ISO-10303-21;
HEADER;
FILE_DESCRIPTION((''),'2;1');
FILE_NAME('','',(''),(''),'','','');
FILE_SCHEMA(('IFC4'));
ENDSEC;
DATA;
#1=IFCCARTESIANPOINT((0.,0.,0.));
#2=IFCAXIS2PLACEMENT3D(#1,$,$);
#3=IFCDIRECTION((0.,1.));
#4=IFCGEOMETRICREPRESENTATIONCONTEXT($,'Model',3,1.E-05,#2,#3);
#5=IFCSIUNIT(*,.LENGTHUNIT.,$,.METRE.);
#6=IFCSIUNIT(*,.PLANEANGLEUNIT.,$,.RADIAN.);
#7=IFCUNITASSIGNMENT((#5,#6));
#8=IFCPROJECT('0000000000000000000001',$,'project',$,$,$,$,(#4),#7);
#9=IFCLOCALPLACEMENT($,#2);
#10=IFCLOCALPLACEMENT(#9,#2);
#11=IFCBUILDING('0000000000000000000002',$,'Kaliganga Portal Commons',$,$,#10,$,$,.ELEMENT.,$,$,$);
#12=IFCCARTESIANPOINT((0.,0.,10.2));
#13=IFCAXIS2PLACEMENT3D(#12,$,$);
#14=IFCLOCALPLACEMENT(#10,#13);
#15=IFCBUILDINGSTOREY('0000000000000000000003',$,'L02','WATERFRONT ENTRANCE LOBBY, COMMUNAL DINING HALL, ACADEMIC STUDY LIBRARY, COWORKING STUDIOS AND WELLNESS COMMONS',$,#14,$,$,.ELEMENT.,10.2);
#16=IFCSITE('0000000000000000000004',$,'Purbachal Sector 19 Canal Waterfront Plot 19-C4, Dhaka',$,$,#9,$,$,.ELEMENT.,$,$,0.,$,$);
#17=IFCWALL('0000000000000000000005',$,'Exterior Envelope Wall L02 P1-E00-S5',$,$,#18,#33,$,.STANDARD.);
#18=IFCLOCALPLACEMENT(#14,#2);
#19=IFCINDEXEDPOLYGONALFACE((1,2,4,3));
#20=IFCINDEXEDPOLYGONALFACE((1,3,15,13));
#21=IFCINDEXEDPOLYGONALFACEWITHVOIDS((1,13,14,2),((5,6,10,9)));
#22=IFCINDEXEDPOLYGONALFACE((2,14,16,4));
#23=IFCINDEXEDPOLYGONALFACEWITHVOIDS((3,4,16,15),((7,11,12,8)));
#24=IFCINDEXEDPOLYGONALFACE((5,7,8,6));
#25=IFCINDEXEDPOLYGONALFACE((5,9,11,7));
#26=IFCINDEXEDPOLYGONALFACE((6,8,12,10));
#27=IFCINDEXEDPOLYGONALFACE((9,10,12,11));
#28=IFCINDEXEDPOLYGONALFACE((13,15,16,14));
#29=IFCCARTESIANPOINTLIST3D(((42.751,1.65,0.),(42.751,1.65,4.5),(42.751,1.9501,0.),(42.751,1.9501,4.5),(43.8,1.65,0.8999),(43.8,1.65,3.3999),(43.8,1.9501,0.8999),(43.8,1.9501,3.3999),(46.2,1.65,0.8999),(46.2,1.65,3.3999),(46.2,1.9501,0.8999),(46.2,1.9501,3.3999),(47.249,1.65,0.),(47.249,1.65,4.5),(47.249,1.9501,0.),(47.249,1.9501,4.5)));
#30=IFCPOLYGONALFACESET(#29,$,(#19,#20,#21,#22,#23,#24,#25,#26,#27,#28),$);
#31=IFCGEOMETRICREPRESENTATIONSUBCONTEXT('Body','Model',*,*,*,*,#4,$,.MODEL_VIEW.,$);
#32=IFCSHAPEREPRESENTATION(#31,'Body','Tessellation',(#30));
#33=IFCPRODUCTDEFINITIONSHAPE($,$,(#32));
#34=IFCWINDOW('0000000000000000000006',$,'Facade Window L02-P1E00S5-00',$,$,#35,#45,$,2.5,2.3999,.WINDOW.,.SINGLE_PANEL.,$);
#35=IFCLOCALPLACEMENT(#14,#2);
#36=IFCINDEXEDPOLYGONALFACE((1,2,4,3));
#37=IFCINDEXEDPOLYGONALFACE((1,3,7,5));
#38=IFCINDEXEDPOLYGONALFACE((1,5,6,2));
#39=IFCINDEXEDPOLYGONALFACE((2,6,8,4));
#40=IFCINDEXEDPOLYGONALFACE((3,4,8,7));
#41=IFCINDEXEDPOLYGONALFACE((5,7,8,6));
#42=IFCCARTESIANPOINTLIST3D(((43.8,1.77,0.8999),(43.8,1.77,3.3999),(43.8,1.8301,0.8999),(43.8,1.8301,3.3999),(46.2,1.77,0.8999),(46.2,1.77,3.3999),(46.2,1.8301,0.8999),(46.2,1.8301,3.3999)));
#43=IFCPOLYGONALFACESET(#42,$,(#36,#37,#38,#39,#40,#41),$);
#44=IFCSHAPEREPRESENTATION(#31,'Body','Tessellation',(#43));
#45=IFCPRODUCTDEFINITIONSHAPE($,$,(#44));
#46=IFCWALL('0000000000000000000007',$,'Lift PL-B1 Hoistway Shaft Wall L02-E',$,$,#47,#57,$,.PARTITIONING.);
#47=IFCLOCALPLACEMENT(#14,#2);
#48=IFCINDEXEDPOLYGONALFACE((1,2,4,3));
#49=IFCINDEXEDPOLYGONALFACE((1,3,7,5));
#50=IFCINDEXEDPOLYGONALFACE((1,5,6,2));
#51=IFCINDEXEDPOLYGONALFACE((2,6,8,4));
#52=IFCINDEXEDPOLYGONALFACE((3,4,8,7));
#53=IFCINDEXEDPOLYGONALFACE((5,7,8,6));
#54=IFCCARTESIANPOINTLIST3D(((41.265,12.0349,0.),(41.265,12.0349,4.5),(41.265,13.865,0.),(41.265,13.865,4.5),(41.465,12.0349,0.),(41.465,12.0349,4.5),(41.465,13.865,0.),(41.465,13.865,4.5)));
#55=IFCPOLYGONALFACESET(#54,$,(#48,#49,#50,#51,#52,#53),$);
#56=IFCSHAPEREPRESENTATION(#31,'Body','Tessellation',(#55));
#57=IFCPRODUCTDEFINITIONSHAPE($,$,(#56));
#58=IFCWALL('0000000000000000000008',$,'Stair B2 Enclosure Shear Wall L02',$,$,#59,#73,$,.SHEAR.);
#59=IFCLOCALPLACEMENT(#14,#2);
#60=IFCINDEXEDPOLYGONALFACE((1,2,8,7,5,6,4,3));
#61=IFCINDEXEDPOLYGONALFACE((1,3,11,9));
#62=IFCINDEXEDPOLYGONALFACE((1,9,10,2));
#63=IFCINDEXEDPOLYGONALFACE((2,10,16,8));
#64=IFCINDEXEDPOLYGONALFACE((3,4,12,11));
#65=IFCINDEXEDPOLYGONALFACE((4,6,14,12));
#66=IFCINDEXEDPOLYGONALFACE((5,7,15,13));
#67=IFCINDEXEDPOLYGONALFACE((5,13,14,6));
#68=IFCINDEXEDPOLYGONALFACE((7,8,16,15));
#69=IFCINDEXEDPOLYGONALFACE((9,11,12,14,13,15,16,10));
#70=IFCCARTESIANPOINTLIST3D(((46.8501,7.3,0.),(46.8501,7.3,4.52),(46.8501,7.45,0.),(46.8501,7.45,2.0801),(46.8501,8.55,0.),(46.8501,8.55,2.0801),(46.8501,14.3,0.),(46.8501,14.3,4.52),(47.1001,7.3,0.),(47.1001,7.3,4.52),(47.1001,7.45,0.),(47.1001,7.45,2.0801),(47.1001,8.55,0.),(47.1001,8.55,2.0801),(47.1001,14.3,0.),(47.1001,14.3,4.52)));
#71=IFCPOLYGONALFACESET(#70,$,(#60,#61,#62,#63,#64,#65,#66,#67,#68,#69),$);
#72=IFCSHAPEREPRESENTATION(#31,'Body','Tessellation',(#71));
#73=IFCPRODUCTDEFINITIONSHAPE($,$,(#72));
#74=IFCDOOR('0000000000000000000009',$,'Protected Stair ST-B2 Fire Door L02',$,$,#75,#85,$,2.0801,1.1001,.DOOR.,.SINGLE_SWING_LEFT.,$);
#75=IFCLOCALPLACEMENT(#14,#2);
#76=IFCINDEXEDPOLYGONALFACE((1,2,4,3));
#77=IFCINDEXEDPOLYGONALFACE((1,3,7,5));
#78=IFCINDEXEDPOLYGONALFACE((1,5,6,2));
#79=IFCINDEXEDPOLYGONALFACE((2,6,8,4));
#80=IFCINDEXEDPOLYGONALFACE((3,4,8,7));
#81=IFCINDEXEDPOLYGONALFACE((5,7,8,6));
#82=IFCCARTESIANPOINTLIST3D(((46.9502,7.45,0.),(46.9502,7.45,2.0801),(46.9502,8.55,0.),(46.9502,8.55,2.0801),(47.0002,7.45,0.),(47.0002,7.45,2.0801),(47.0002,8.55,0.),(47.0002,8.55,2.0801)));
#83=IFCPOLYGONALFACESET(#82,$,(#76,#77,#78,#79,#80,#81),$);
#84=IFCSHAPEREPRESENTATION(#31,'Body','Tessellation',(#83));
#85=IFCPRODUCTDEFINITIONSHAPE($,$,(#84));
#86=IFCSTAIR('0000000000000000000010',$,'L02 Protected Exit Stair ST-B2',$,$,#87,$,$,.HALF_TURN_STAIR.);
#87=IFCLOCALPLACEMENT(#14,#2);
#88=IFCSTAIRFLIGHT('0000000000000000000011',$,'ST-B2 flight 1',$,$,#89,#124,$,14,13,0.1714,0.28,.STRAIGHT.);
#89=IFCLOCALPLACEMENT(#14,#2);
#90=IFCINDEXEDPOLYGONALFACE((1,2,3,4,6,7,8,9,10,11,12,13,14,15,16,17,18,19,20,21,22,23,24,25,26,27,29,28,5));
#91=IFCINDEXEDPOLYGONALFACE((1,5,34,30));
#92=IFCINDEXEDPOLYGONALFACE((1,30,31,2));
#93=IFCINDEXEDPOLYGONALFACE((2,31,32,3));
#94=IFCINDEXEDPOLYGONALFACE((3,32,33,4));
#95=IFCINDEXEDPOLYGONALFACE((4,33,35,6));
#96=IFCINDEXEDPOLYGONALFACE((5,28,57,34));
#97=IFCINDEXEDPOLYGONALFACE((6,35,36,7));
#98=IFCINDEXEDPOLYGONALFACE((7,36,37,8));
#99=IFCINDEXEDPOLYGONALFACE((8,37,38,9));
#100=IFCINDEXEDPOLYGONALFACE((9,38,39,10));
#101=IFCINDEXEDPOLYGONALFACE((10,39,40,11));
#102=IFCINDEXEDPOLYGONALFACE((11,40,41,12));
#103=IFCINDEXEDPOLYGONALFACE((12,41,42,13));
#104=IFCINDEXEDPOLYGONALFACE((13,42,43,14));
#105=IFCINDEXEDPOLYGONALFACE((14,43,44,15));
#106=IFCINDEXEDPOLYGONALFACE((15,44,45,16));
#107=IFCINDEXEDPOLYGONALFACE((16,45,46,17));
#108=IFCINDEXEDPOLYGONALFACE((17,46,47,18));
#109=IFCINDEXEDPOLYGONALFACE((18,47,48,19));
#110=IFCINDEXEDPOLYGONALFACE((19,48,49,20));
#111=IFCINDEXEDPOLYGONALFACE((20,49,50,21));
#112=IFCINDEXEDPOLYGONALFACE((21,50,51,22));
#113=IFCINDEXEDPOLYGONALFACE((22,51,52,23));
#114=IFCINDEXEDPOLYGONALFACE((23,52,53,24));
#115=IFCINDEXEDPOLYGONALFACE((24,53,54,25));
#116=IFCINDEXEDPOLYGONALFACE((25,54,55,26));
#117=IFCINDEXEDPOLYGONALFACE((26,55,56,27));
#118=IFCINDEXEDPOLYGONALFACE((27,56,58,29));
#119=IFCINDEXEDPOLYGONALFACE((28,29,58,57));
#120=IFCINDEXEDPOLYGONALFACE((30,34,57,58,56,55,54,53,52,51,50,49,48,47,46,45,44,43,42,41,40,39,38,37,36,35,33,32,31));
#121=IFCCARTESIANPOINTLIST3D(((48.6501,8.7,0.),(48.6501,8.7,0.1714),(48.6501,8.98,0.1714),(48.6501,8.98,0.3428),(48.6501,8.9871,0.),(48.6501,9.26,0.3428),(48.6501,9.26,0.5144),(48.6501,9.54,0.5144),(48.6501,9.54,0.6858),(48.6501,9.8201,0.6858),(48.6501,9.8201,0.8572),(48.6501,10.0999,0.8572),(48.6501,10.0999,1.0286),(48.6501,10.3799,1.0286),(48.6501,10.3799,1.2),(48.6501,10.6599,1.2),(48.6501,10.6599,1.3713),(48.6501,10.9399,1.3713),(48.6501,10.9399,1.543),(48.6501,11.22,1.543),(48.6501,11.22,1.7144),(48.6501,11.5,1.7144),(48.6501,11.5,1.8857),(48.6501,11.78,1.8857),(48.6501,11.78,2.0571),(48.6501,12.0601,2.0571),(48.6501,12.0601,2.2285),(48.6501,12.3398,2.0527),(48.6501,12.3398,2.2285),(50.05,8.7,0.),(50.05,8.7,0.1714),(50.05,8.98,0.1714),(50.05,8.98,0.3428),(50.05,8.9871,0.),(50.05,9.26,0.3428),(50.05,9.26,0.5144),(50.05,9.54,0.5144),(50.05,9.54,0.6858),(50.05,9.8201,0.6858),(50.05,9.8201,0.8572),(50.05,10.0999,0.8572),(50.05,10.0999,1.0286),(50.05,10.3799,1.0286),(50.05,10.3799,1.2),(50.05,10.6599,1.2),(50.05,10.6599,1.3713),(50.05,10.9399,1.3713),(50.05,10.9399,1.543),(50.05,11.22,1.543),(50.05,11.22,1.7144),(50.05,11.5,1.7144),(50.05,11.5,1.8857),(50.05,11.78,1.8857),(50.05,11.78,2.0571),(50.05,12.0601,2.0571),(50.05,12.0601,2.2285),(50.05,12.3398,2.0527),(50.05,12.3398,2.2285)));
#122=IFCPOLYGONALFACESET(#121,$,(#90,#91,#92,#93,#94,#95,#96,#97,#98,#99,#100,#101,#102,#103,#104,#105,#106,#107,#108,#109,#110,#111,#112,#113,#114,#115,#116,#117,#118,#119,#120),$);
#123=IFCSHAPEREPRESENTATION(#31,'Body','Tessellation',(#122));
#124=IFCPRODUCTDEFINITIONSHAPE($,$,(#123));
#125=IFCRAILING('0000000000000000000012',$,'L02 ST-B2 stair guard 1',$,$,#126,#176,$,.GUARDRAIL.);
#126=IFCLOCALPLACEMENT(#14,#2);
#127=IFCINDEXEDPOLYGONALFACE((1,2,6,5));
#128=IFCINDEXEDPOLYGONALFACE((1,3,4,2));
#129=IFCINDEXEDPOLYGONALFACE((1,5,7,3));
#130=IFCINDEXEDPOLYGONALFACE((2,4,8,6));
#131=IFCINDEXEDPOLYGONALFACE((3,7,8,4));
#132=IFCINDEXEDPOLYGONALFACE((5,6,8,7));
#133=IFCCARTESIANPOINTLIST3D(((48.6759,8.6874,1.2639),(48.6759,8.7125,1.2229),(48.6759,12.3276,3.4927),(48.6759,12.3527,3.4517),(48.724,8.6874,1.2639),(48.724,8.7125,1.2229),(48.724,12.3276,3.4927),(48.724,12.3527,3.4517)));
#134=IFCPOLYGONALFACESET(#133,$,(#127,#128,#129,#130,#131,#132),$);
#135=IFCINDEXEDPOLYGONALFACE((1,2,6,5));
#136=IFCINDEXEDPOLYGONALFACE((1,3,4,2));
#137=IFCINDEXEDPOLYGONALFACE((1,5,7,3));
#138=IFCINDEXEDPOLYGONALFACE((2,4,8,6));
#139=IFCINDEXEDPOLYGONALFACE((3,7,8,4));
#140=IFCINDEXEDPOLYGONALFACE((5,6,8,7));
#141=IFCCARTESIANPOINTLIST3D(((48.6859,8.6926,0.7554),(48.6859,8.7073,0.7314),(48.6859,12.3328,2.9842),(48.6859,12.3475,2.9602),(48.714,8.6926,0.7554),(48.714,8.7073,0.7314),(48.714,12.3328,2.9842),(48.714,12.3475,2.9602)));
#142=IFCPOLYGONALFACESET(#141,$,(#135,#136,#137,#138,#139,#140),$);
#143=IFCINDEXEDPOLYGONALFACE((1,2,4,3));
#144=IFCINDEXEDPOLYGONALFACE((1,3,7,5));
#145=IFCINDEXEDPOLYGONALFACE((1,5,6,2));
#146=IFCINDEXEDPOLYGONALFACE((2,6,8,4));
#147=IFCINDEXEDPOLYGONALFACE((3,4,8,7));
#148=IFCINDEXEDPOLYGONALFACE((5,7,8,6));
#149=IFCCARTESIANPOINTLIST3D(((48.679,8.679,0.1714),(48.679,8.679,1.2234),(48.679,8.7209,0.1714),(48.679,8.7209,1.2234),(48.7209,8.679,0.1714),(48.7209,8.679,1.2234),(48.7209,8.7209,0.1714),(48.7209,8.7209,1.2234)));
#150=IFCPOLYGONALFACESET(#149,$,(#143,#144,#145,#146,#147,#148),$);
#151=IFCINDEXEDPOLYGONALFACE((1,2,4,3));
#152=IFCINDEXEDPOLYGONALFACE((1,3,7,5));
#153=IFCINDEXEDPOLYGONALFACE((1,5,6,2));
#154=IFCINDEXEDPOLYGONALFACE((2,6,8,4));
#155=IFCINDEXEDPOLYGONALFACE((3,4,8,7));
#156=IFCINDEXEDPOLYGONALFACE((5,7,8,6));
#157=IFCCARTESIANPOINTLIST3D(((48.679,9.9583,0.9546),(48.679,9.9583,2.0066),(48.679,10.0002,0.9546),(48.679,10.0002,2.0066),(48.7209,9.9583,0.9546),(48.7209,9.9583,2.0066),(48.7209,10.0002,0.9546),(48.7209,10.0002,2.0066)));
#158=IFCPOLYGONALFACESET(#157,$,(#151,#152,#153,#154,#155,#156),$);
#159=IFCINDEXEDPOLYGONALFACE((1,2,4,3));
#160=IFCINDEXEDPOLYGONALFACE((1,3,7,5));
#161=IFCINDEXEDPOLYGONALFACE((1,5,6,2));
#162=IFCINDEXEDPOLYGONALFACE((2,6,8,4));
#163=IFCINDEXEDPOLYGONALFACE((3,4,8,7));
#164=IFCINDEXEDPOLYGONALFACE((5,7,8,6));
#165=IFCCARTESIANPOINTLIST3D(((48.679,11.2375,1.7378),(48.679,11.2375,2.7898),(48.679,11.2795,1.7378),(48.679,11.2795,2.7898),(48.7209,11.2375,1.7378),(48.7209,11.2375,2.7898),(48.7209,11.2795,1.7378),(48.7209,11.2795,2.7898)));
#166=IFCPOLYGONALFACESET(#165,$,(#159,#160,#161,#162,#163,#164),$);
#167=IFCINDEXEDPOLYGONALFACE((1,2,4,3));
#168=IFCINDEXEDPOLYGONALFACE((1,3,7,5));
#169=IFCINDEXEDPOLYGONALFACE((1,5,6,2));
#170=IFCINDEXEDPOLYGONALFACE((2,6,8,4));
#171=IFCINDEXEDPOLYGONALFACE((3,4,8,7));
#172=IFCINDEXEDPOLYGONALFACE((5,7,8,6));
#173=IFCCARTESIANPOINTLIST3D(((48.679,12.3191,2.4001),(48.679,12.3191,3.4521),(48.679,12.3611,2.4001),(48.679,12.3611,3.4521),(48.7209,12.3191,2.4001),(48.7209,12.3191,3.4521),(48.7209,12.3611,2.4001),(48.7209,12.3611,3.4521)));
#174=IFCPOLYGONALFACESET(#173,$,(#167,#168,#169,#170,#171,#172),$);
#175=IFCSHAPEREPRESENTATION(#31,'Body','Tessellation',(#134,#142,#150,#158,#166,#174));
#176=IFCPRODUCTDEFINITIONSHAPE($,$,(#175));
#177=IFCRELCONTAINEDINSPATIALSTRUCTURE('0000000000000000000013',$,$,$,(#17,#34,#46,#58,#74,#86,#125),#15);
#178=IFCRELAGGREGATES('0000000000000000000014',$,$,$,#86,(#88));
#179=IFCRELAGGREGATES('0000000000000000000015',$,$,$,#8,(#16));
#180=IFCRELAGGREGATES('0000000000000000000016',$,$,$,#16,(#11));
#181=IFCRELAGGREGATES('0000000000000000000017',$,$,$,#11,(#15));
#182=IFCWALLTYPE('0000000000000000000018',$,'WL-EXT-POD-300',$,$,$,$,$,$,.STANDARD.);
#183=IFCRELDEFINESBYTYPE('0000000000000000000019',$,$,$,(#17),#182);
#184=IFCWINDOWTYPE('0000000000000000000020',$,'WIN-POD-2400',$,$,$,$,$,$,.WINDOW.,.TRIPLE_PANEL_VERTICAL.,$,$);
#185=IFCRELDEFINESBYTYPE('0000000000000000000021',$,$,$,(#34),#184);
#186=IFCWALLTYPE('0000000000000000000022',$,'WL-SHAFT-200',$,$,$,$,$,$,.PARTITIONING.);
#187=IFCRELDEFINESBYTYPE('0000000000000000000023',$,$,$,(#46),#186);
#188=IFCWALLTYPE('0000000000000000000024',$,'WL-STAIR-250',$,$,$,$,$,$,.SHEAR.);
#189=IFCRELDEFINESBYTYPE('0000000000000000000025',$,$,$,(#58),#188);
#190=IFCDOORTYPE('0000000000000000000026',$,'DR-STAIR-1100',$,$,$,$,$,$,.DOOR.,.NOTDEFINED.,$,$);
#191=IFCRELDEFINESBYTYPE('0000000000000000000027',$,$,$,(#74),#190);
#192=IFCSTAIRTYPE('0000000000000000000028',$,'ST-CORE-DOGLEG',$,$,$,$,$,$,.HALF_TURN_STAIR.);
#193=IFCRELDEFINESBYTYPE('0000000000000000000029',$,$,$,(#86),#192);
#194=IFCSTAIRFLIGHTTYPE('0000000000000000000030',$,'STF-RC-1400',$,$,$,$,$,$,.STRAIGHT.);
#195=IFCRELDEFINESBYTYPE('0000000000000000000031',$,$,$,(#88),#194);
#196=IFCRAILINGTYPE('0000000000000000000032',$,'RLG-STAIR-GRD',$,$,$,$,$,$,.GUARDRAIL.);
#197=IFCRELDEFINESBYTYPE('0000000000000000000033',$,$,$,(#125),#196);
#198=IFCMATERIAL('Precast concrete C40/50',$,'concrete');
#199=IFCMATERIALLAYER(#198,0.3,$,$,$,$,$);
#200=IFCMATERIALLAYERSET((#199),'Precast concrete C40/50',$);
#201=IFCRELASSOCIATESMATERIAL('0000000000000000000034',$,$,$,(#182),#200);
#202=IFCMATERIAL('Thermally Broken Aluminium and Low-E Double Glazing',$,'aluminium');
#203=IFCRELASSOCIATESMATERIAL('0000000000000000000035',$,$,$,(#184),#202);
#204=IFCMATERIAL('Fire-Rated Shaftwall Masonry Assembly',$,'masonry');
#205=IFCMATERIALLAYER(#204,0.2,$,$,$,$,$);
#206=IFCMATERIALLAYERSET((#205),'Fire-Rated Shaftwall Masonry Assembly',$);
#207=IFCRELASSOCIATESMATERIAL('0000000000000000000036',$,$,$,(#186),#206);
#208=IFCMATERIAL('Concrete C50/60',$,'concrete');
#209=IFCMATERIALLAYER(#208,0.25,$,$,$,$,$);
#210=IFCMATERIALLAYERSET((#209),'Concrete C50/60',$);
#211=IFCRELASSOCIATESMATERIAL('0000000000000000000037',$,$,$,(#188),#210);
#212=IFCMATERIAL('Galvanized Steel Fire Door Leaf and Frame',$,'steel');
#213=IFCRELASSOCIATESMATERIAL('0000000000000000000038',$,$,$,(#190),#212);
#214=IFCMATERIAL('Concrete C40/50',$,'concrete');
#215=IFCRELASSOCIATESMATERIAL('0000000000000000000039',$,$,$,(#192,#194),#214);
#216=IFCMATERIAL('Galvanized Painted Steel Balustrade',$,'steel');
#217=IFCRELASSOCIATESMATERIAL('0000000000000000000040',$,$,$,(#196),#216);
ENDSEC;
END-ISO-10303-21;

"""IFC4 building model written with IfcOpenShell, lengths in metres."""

from ifc_helpers import new_model, si_unit, direction, frame, frame_2d, origin, origin_2d, place, context, subcontext, project, spatial, polyline, rectangle, outline, extrude, material, layer, layer_set, type_object, element, fill, aggregate, save


model = new_model("IFC4")

# Units and contexts
model_context = context("Model", 3, precision=1e-05, world=origin(), true_north=direction((0.0, 1.0)))
body_context = subcontext(model_context, "Body", "Model", "MODEL_VIEW")
ifc_project = project(units=[si_unit("LENGTHUNIT", "METRE"), si_unit("PLANEANGLEUNIT", "RADIAN")], contexts=[model_context])

# Site, building, storey
site_placement = place(None, origin())
site = spatial("IfcSite", under=ifc_project, at=site_placement, Name="Purbachal Sector 19 Canal Waterfront Plot 19-C4, Dhaka", CompositionType="ELEMENT", RefElevation=0.0)
building_placement = place(site_placement, origin())
building = spatial("IfcBuilding", under=site, at=building_placement, Name="Kaliganga Portal Commons", CompositionType="ELEMENT")
storey_placement = place(building_placement, frame((0.0, 0.0, 10.2)))
storey = spatial("IfcBuildingStorey", under=building, at=storey_placement, Name="L02", Description="WATERFRONT ENTRANCE LOBBY, COMMUNAL DINING HALL, ACADEMIC STUDY LIBRARY, COWORKING STUDIOS AND WELLNESS COMMONS", CompositionType="ELEMENT", Elevation=10.2)

# Wall, opening, window
ifc_material_1 = material(Name="Precast concrete C40/50", Category="concrete")
ifc_layer_1 = layer(ifc_material_1, 0.3)
ifc_layer_set_1 = layer_set([ifc_layer_1], Name="Precast concrete C40/50")
wall_type_1 = type_object("IfcWallType", Name="WL-EXT-POD-300", PredefinedType="STANDARD", material=ifc_layer_set_1)
wall_1_placement = place(storey_placement, frame((47.249, 1.8, 0.0), z_axis=(0.0, 0.0, 1.0), x_axis=(-1.0, 0.0, 0.0)))
wall_1 = element("IfcWall", 1, at=wall_1_placement, inside=storey, type_object=wall_type_1, Name="Exterior Envelope Wall L02 P1-E00-S5", PredefinedType="STANDARD", context=body_context, shape_type="SweptSolid", body=[
    extrude(rectangle(XDim=4.498, YDim=0.3, at=frame_2d((2.249, 0.0))), origin(), (0.0, 0.0, 1.0), 4.5),
])
opening_1_placement = place(wall_1_placement, frame((1.0491, 0.0, 0.8999)))
opening_1 = element("IfcOpeningElement", 2, at=opening_1_placement, cuts=wall_1, PredefinedType="OPENING", context=body_context, shape_type="SweptSolid", body=[
    extrude(rectangle(XDim=2.3999, YDim=2.5, at=frame_2d((1.2, 1.25))), frame((0.0, 0.1602, 0.0), z_axis=(0.0, -1.0, 0.0), x_axis=(1.0, 0.0, 0.0)), (0.0, 0.0, 1.0), 0.3201),
])
ifc_material_2 = material(Name="Thermally Broken Aluminium and Low-E Double Glazing", Category="aluminium")
window_type = type_object("IfcWindowType", Name="WIN-POD-2400", PartitioningType="TRIPLE_PANEL_VERTICAL", PredefinedType="WINDOW", material=ifc_material_2)
window_placement = place(opening_1_placement, origin())
window = element("IfcWindow", 3, at=window_placement, inside=storey, type_object=window_type, Name="Facade Window L02-P1E00S5-00", OverallHeight=2.5, OverallWidth=2.3999, PartitioningType="SINGLE_PANEL", PredefinedType="WINDOW", context=body_context, shape_type="SweptSolid", body=[
    extrude(rectangle(XDim=2.3999, YDim=2.5, at=frame_2d((1.2, 1.25))), frame((0.0, 0.03, 0.0), z_axis=(0.0, -1.0, 0.0), x_axis=(1.0, 0.0, 0.0)), (0.0, 0.0, 1.0), 0.0601),
])
fill(opening_1, window)

# Wall
ifc_material_3 = material(Name="Fire-Rated Shaftwall Masonry Assembly", Category="masonry")
ifc_layer_2 = layer(ifc_material_3, 0.2)
ifc_layer_set_2 = layer_set([ifc_layer_2], Name="Fire-Rated Shaftwall Masonry Assembly")
wall_type_2 = type_object("IfcWallType", Name="WL-SHAFT-200", PredefinedType="PARTITIONING", material=ifc_layer_set_2)
wall_2_placement = place(storey_placement, frame((41.365, 12.0349, 0.0), z_axis=(0.0, 0.0, 1.0), x_axis=(0.0, 1.0, 0.0)))
element("IfcWall", 4, at=wall_2_placement, inside=storey, type_object=wall_type_2, Name="Lift PL-B1 Hoistway Shaft Wall L02-E", PredefinedType="PARTITIONING", context=body_context, shape_type="SweptSolid", body=[
    extrude(rectangle(XDim=1.8301, YDim=0.2, at=frame_2d((0.915, 0.0))), origin(), (0.0, 0.0, 1.0), 4.5),
])

# Wall, opening, door
ifc_material_4 = material(Name="Concrete C50/60", Category="concrete")
ifc_layer_3 = layer(ifc_material_4, 0.25)
ifc_layer_set_3 = layer_set([ifc_layer_3], Name="Concrete C50/60")
wall_type_3 = type_object("IfcWallType", Name="WL-STAIR-250", PredefinedType="SHEAR", material=ifc_layer_set_3)
wall_3_placement = place(storey_placement, frame((46.9751, 7.3, 0.0), z_axis=(0.0, 0.0, 1.0), x_axis=(0.0, 1.0, 0.0)))
wall_3 = element("IfcWall", 5, at=wall_3_placement, inside=storey, type_object=wall_type_3, Name="Stair B2 Enclosure Shear Wall L02", PredefinedType="SHEAR", context=body_context, shape_type="SweptSolid", body=[
    extrude(rectangle(XDim=7.0, YDim=0.25, at=frame_2d((3.5, 0.0))), origin(), (0.0, 0.0, 1.0), 4.52),
])
opening_2_placement = place(wall_3_placement, frame((0.1499, 0.0, 0.0)))
opening_2 = element("IfcOpeningElement", 6, at=opening_2_placement, cuts=wall_3, PredefinedType="OPENING", context=body_context, shape_type="SweptSolid", body=[
    extrude(rectangle(XDim=1.1001, YDim=2.0801, at=frame_2d((0.55, 1.04))), frame((0.0, 0.135, 0.0), z_axis=(0.0, -1.0, 0.0), x_axis=(1.0, 0.0, 0.0)), (0.0, 0.0, 1.0), 0.27),
])
ifc_material_5 = material(Name="Galvanized Steel Fire Door Leaf and Frame", Category="steel")
door_type_1 = type_object("IfcDoorType", Name="DR-STAIR-1100", OperationType="NOTDEFINED", PredefinedType="DOOR", material=ifc_material_5)
door_1_placement = place(opening_2_placement, origin())
door_1 = element("IfcDoor", 7, at=door_1_placement, inside=storey, type_object=door_type_1, Name="Protected Stair ST-B2 Fire Door L02", OperationType="SINGLE_SWING_LEFT", OverallHeight=2.0801, OverallWidth=1.1001, PredefinedType="DOOR", context=body_context, shape_type="SweptSolid", body=[
    extrude(rectangle(XDim=1.1001, YDim=2.0801, at=frame_2d((0.55, 1.04))), frame((0.0, 0.0249, 0.0), z_axis=(0.0, -1.0, 0.0), x_axis=(1.0, 0.0, 0.0)), (0.0, 0.0, 1.0), 0.05),
])
fill(opening_2, door_1)

# Stair, stair flight
ifc_material_6 = material(Name="Concrete C40/50", Category="concrete")
stair_type = type_object("IfcStairType", Name="ST-CORE-DOGLEG", PredefinedType="HALF_TURN_STAIR", material=ifc_material_6)
stair_placement = place(storey_placement, origin())
stair = element("IfcStair", 8, at=stair_placement, inside=storey, type_object=stair_type, Name="L02 Protected Exit Stair ST-B2", PredefinedType="HALF_TURN_STAIR")
stair_flight_type = type_object("IfcStairFlightType", Name="STF-RC-1400", PredefinedType="STRAIGHT", material=ifc_material_6)
stair_flight_placement = place(storey_placement, frame((49.3501, 8.7, 0.0), z_axis=(0.0, 0.0, 1.0), x_axis=(0.0, 1.0, 0.0)))
stair_flight = element("IfcStairFlight", 9, at=stair_flight_placement, type_object=stair_flight_type, Name="ST-B2 flight 1", NumberOfRisers=14, NumberOfTreads=13, PredefinedType="STRAIGHT", RiserHeight=0.1714, TreadLength=0.28, context=body_context, shape_type="SweptSolid", body=[
    extrude(outline(polyline([(0.0, 0.0), (0.0, 0.1714), (0.28, 0.1714), (0.28, 0.3428), (0.5601, 0.3428), (0.5601, 0.5144), (0.8401, 0.5144), (0.8401, 0.6858), (1.1201, 0.6858), (1.1201, 0.8572), (1.3999, 0.8572), (1.3999, 1.0286), (1.6799, 1.0286), (1.6799, 1.2), (1.96, 1.2), (1.96, 1.3713), (2.24, 1.3713), (2.24, 1.543), (2.52, 1.543), (2.52, 1.7144), (2.8, 1.7144), (2.8, 1.8857), (3.0801, 1.8857), (3.0801, 2.0571), (3.3601, 2.0571), (3.3601, 2.2285), (3.6399, 2.2285), (3.6399, 2.3999), (3.6399, 2.0527), (0.2871, 0.0), (0.0, 0.0)])), frame((0.0, 0.7, 0.0), z_axis=(0.0, -1.0, 0.0), x_axis=(1.0, 0.0, 0.0)), (0.0, 0.0, 1.0), 1.3999),
])
aggregate(stair, [stair_flight])

# Railing
ifc_material_7 = material(Name="Galvanized Painted Steel Balustrade", Category="steel")
railing_type_1 = type_object("IfcRailingType", Name="RLG-STAIR-GRD", PredefinedType="GUARDRAIL", material=ifc_material_7)
railing_1_placement = place(storey_placement, frame((48.7, 8.7, 0.1714)))
element("IfcRailing", 10, at=railing_1_placement, inside=storey, type_object=railing_type_1, Name="L02 ST-B2 stair guard 1", PredefinedType="GUARDRAIL", context=body_context, shape_type="SweptSolid", body=[
    extrude(rectangle(XDim=0.0481, YDim=0.0481, at=origin_2d()), frame((0.0, 0.0, 1.072), z_axis=(0.0, 0.85284, 0.522172), x_axis=(-1.0, 0.0, 0.0)), (0.0, 0.0, 1.0), 4.2683),
    extrude(rectangle(XDim=0.0281, YDim=0.0281, at=origin_2d()), frame((0.0, 0.0, 0.572), z_axis=(0.0, 0.85284, 0.522172), x_axis=(-1.0, 0.0, 0.0)), (0.0, 0.0, 1.0), 4.2683),
    extrude(rectangle(XDim=0.042, YDim=0.042, at=origin_2d()), origin(), (0.0, 0.0, 1.0), 1.052),
    extrude(rectangle(XDim=0.042, YDim=0.042, at=origin_2d()), frame((0.0, 1.2793, 0.7832)), (0.0, 0.0, 1.0), 1.052),
    extrude(rectangle(XDim=0.042, YDim=0.042, at=origin_2d()), frame((0.0, 2.5586, 1.5664)), (0.0, 0.0, 1.0), 1.052),
    extrude(rectangle(XDim=0.042, YDim=0.042, at=origin_2d()), frame((0.0, 3.6401, 2.2288)), (0.0, 0.0, 1.0), 1.052),
])

save(model, "model.ifc")
